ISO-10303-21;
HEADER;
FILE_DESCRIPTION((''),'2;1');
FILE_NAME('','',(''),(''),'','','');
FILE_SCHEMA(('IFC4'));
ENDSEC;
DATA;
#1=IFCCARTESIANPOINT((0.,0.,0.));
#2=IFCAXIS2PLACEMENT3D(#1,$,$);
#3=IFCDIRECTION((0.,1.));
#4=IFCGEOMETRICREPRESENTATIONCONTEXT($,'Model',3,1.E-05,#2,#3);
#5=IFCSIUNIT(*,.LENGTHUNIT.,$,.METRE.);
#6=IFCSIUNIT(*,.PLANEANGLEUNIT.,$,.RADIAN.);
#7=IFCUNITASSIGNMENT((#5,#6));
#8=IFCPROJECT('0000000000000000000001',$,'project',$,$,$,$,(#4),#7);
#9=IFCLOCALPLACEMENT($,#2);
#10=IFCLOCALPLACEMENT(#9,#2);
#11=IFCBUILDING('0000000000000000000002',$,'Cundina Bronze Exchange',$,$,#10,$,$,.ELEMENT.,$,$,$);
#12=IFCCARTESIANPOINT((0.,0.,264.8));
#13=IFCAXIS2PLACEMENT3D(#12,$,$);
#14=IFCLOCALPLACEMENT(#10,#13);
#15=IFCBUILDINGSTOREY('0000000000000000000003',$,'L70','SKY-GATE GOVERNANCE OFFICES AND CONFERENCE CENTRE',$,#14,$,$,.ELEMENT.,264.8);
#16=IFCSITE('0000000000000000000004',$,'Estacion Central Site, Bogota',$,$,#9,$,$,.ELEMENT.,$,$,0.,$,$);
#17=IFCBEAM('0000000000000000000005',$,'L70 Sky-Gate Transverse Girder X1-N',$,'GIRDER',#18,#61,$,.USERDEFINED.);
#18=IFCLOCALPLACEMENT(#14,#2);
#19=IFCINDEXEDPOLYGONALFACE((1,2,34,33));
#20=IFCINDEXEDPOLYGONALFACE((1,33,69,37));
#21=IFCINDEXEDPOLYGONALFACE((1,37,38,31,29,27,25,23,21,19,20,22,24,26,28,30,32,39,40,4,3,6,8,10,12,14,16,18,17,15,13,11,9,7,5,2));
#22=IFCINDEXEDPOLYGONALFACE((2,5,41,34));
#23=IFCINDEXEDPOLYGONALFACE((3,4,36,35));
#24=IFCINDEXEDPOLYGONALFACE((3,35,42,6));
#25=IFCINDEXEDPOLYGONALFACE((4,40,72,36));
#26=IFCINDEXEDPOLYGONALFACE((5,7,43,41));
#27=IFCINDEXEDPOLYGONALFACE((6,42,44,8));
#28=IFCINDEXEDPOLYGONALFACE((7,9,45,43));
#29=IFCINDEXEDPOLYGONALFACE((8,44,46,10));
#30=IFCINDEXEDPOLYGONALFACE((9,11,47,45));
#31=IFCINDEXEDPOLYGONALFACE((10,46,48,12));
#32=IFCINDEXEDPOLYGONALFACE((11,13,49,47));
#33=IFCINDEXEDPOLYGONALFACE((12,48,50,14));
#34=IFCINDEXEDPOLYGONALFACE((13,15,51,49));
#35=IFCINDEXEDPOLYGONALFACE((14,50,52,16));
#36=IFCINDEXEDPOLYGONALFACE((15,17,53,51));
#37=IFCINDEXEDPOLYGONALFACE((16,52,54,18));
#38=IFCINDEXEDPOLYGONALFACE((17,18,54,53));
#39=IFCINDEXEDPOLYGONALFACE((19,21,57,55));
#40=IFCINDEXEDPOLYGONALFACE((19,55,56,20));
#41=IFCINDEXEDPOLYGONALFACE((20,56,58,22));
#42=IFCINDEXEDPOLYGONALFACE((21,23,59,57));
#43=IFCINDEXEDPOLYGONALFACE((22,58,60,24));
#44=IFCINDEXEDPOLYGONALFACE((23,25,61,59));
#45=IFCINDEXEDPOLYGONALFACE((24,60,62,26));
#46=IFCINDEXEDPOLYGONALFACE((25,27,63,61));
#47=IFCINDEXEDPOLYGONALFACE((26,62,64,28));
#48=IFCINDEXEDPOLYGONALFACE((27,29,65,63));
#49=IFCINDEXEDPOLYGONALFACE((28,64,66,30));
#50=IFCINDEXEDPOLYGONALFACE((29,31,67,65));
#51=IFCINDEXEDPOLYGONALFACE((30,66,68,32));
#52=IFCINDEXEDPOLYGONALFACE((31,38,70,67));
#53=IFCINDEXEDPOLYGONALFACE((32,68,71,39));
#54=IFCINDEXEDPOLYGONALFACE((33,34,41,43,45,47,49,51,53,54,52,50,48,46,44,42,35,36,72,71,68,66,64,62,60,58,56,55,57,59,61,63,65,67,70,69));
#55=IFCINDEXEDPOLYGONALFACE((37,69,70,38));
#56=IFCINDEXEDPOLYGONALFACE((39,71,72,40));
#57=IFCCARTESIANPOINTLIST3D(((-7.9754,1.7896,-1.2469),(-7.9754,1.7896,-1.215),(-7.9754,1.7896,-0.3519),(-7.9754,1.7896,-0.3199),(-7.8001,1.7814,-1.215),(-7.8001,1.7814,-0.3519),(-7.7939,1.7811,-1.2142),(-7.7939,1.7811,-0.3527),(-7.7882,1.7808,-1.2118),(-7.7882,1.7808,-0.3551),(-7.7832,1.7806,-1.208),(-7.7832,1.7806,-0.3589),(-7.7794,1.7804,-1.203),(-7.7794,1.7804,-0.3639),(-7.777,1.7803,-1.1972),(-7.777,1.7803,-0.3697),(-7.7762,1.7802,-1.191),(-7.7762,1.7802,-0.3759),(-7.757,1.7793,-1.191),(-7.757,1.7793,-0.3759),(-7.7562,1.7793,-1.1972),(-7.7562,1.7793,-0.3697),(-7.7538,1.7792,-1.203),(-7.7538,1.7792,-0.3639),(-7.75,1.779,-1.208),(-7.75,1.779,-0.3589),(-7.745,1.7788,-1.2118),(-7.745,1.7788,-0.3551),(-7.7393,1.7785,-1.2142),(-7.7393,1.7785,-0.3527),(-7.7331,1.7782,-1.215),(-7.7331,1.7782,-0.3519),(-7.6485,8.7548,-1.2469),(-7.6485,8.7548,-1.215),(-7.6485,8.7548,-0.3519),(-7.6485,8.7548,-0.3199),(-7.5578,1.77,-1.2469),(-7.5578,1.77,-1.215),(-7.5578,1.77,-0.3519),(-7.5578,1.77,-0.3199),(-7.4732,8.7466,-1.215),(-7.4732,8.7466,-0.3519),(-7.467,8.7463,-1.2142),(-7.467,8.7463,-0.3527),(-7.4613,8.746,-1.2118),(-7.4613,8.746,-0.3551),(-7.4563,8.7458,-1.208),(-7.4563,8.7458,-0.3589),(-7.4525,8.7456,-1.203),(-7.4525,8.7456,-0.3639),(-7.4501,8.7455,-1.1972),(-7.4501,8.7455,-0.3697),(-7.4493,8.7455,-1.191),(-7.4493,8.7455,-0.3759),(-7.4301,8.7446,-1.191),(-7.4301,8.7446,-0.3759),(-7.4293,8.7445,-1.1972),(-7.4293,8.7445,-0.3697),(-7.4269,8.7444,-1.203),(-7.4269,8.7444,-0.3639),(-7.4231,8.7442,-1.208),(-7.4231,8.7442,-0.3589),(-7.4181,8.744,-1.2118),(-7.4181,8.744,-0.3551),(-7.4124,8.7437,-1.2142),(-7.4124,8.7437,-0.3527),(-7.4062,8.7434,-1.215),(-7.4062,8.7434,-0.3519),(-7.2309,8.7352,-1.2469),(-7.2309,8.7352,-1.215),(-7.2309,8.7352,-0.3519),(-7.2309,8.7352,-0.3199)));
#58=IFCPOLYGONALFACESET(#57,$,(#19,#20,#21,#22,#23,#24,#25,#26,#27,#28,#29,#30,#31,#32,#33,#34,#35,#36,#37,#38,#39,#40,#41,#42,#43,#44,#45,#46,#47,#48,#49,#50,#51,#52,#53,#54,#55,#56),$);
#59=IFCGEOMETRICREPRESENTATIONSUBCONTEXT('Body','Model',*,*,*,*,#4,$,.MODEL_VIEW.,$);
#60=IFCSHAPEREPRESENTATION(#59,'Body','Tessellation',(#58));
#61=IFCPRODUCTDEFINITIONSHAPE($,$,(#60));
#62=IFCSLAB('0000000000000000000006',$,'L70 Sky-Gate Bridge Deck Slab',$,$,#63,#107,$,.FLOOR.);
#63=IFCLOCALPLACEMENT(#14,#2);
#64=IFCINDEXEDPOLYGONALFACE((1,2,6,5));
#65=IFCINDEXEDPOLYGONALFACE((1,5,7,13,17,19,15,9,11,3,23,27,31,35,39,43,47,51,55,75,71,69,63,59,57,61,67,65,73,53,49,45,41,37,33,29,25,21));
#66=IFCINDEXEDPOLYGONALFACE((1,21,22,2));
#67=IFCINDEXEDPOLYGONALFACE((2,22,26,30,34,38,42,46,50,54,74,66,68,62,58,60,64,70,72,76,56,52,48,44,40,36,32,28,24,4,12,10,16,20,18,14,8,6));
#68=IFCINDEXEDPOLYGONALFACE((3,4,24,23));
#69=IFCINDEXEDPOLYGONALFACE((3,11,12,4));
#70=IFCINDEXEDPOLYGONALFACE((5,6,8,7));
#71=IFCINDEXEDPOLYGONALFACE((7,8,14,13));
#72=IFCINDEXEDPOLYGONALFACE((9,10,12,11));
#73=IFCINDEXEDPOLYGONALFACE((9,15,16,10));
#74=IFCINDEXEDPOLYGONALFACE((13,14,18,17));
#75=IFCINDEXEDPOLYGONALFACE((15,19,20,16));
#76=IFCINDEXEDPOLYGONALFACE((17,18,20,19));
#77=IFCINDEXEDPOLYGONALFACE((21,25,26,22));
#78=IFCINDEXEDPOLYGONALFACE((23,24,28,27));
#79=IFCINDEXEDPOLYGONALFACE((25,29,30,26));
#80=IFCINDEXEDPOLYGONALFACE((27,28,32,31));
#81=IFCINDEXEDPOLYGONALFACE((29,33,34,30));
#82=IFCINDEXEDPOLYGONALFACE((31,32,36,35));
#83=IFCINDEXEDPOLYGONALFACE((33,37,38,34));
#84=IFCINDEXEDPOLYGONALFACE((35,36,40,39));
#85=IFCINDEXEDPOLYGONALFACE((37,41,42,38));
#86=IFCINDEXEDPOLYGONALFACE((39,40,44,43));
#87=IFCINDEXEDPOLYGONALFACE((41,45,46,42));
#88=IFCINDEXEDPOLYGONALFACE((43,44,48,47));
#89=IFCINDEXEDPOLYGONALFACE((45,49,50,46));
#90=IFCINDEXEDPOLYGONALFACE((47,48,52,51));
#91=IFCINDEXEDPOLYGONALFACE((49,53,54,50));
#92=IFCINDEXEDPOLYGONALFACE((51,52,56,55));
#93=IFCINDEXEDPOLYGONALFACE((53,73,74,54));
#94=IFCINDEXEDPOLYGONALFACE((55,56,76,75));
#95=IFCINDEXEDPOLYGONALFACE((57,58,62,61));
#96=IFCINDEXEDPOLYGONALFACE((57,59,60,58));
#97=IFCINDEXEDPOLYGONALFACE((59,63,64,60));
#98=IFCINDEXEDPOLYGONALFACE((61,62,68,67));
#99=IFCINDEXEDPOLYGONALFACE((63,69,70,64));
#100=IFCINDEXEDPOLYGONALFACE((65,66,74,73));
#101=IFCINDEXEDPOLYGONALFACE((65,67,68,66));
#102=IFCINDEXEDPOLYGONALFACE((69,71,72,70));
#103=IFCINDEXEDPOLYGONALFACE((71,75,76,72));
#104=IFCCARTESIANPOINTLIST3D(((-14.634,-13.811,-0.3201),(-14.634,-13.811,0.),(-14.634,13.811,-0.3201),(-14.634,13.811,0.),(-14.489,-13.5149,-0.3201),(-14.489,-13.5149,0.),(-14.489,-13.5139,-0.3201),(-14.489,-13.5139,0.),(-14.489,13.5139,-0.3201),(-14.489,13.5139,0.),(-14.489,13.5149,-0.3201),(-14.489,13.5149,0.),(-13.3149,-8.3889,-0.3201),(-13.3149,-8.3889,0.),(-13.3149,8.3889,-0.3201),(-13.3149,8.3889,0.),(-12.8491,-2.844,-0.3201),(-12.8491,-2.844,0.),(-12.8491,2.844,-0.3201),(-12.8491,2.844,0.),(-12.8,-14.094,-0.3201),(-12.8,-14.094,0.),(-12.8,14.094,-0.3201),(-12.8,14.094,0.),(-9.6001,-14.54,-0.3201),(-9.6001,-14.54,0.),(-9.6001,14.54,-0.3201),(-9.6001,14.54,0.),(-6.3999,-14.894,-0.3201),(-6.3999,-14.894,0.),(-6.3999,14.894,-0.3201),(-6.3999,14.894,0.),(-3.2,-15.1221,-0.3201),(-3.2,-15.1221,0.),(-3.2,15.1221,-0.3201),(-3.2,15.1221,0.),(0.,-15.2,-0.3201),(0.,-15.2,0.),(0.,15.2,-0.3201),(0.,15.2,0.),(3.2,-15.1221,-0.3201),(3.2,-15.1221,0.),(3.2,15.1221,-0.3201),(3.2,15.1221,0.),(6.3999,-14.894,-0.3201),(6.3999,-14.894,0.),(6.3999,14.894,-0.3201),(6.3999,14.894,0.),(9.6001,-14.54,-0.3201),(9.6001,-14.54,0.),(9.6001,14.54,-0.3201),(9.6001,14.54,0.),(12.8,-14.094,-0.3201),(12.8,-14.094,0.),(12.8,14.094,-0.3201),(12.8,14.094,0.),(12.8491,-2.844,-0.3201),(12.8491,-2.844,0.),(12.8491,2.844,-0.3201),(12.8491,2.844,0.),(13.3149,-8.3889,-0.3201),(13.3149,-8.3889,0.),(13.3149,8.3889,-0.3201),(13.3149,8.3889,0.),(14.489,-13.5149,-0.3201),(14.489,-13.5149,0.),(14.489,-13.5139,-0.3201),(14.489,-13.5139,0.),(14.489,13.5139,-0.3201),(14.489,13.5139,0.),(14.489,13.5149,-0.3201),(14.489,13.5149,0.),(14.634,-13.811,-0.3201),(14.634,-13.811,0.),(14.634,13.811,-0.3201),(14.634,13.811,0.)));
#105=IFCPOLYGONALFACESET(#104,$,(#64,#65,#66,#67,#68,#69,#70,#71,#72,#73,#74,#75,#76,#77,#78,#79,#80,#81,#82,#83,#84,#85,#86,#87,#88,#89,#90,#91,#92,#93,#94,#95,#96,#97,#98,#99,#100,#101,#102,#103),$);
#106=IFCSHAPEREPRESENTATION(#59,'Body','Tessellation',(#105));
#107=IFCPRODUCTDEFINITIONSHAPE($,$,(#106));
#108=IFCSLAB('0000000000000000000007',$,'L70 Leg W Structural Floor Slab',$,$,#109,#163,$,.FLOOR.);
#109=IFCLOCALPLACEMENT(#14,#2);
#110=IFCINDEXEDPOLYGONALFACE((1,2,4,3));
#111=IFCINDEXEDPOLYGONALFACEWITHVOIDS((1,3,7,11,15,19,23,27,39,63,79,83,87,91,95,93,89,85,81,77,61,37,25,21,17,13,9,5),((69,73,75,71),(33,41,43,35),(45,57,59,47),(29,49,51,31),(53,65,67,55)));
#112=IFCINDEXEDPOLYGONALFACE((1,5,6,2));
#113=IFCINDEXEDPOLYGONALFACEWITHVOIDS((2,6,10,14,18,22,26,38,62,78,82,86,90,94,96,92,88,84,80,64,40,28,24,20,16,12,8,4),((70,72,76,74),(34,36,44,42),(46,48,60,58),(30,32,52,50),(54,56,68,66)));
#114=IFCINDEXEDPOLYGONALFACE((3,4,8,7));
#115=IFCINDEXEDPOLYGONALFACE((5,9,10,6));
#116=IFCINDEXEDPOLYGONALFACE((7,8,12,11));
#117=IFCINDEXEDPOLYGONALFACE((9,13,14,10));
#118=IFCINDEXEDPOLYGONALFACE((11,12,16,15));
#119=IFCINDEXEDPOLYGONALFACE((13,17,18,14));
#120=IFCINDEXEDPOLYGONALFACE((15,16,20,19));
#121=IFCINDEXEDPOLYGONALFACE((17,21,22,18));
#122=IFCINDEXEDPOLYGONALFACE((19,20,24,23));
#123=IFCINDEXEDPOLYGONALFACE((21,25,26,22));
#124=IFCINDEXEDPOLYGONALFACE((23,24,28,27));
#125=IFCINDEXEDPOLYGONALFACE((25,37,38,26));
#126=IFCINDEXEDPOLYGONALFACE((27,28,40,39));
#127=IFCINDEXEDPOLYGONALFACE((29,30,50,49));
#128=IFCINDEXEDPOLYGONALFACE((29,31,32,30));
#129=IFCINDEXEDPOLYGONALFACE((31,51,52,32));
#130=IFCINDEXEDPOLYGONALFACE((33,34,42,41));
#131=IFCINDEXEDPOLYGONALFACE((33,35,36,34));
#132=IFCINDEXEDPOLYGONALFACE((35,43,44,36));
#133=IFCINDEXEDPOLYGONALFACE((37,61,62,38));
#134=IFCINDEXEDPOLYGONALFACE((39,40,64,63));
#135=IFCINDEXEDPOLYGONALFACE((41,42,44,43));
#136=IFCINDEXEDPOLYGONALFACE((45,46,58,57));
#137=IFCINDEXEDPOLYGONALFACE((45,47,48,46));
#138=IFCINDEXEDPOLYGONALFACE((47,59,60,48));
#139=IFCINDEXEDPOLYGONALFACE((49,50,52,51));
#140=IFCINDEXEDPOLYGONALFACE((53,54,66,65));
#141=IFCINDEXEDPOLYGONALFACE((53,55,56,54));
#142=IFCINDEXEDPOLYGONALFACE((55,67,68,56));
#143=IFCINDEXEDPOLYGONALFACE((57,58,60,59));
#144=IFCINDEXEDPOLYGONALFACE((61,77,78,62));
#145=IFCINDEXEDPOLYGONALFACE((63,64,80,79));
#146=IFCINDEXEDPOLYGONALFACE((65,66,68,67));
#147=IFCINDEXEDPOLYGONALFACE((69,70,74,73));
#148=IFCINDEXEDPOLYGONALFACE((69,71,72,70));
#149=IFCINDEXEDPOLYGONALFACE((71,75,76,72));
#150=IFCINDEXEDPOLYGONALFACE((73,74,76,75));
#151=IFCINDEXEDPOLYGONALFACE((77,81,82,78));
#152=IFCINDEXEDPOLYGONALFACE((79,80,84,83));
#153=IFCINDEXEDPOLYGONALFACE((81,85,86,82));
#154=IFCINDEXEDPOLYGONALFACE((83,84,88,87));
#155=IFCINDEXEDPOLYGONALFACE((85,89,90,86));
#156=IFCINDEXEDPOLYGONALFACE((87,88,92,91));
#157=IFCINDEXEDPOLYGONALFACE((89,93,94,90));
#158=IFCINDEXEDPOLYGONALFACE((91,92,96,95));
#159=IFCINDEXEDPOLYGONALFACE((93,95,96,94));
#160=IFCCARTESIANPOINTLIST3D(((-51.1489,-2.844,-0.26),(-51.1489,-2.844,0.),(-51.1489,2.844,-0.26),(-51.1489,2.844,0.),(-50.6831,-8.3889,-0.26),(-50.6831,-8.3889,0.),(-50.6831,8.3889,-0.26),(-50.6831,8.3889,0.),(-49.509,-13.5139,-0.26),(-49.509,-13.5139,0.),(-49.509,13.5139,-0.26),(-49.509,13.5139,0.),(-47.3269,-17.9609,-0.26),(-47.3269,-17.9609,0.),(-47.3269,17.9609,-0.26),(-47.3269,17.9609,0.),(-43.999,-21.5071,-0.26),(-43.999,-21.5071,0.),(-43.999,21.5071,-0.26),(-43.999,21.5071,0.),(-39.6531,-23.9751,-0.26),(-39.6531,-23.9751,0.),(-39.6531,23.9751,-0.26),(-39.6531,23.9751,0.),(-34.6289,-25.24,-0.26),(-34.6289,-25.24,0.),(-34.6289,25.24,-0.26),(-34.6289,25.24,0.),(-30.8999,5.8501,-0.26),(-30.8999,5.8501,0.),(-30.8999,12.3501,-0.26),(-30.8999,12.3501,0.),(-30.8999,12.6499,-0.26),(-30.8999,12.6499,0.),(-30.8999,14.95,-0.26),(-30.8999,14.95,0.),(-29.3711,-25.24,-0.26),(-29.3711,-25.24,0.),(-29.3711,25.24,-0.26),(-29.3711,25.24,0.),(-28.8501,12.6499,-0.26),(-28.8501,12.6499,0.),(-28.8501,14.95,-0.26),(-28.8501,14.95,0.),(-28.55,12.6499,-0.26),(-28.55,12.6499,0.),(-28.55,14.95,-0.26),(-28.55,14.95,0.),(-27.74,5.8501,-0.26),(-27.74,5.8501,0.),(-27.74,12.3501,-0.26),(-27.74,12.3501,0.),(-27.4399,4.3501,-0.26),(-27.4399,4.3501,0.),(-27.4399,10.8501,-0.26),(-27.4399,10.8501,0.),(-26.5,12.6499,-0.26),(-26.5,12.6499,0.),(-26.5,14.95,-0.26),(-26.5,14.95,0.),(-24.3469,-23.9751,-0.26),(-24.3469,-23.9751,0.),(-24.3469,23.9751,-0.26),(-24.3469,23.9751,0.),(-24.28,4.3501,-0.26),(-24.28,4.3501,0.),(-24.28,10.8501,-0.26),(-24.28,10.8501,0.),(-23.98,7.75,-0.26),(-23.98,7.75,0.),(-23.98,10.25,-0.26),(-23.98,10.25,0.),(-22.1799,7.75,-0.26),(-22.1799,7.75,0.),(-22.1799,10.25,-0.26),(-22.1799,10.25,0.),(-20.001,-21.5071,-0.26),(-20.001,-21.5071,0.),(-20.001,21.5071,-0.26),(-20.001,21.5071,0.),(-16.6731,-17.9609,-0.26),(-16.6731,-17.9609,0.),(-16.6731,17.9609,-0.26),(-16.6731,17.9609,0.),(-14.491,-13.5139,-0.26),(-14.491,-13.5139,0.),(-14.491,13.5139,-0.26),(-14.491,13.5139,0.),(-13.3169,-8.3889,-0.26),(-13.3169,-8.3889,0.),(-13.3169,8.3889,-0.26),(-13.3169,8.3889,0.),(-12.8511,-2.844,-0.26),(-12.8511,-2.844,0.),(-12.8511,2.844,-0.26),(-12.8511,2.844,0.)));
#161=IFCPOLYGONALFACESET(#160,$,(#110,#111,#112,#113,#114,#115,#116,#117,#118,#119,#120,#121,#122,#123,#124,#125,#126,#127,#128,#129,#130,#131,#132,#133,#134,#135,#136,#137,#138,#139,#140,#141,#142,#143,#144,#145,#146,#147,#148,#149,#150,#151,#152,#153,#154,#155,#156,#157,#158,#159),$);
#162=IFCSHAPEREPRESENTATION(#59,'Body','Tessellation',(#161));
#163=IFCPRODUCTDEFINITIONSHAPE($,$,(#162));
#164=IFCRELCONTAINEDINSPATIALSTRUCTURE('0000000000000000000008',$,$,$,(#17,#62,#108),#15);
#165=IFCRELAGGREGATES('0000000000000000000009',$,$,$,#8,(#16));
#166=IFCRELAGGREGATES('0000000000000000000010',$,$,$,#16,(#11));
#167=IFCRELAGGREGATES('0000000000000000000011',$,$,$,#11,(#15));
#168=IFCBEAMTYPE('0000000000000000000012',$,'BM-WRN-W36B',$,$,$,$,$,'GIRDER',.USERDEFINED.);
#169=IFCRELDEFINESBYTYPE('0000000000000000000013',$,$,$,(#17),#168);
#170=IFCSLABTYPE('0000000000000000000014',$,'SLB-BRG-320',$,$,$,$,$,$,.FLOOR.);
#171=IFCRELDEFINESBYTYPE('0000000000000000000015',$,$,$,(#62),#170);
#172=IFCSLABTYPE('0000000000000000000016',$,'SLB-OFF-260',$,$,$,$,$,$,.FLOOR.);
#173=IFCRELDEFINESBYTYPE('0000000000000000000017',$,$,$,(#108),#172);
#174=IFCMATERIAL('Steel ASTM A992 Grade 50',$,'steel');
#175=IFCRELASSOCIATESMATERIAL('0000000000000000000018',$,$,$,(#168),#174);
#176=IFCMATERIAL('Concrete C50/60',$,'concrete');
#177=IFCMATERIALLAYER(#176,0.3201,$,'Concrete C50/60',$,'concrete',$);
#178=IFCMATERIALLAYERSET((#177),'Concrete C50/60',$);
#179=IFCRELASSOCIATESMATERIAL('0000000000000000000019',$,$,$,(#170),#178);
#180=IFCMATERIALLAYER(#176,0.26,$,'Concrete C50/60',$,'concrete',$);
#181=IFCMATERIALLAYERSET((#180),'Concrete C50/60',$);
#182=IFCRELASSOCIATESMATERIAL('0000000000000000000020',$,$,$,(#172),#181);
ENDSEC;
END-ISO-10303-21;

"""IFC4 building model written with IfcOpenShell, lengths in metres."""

from ifc_helpers import new_model, si_unit, direction, frame, origin, origin_2d, place, context, subcontext, project, spatial, polyline, i_section, outline, extrude, material, layer, layer_set, material_profile, profile_set, type_object, element, save


model = new_model("IFC4")

# Units and contexts
model_context = context("Model", 3, precision=1e-05, world=origin(), true_north=direction((0.0, 1.0)))
body_context = subcontext(model_context, "Body", "Model", "MODEL_VIEW")
ifc_project = project(units=[si_unit("LENGTHUNIT", "METRE"), si_unit("PLANEANGLEUNIT", "RADIAN")], contexts=[model_context])

# Site, building, storey
site_placement = place(None, origin())
site = spatial("IfcSite", under=ifc_project, at=site_placement, Name="Estacion Central Site, Bogota", CompositionType="ELEMENT", RefElevation=0.0)
building_placement = place(site_placement, origin())
building = spatial("IfcBuilding", under=site, at=building_placement, Name="Cundina Bronze Exchange", CompositionType="ELEMENT")
storey_placement = place(building_placement, frame((0.0, 0.0, 264.8)))
storey = spatial("IfcBuildingStorey", under=building, at=storey_placement, Name="L70", Description="SKY-GATE GOVERNANCE OFFICES AND CONFERENCE CENTRE", CompositionType="ELEMENT", Elevation=264.8)

# Shared definitions
ifc_material_1 = material(Name="Concrete C50/60", Category="concrete")

# Beam
ifc_material_2 = material(Name="Steel ASTM A992 Grade 50", Category="steel")
ifc_material_profile_1 = material_profile(ifc_material_2, i_section(OverallWidth=0.418, OverallDepth=0.927, WebThickness=0.0193, FlangeThickness=0.032, FilletRadius=0.0239, at=origin_2d()), Name="W36X231", Category="steel")
ifc_profile_set_1 = profile_set([ifc_material_profile_1], Name="Steel ASTM A992 Grade 50")
beam_type_1 = type_object("IfcBeamType", Name="BM-WRN-W36B", ElementType="GIRDER", PredefinedType="USERDEFINED", material=ifc_profile_set_1)
beam_1_placement = place(storey_placement, frame((-7.7666, 1.7798, -0.7834), z_axis=(0.046881, 0.9989, 0.0), x_axis=(-0.9989, 0.046881, 0.0)))
element("IfcBeam", 1, at=beam_1_placement, inside=storey, type_object=beam_type_1, Name="L70 Sky-Gate Transverse Girder X1-N", ObjectType="GIRDER", PredefinedType="USERDEFINED", context=body_context, shape_type="SweptSolid", body=[
    extrude(i_section(OverallWidth=0.418, OverallDepth=0.927, WebThickness=0.0193, FlangeThickness=0.032, FilletRadius=0.0239, at=origin_2d()), origin(), (0.0, 0.0, 1.0), 6.9729),
])

# Slabs
ifc_layer_1 = layer(ifc_material_1, 0.3201, Name="Concrete C50/60", Category="concrete")
ifc_layer_set_1 = layer_set([ifc_layer_1], Name="Concrete C50/60")
slab_type_1 = type_object("IfcSlabType", Name="SLB-BRG-320", PredefinedType="FLOOR", material=ifc_layer_set_1)
slab_1_placement = place(storey_placement, frame((0.0, 0.0, -0.3201)))
element("IfcSlab", 2, at=slab_1_placement, inside=storey, type_object=slab_type_1, Name="L70 Sky-Gate Bridge Deck Slab", PredefinedType="FLOOR", context=body_context, shape_type="SweptSolid", body=[
    extrude(outline(polyline([(12.8, -14.094), (9.6001, -14.54), (6.3999, -14.894), (3.2, -15.1221), (0.0, -15.2), (-3.2, -15.1221), (-6.3999, -14.894), (-9.6001, -14.54), (-12.8, -14.094), (-14.634, -13.811), (-14.489, -13.5149), (-14.489, -13.5149), (-14.489, -13.5139), (-13.3149, -8.3889), (-13.3149, -8.3889), (-12.8491, -2.844), (-12.8491, -2.844), (-12.8491, 2.844), (-12.8491, 2.844), (-13.3149, 8.3889), (-13.3149, 8.3889), (-14.489, 13.5139), (-14.489, 13.5149), (-14.489, 13.5149), (-14.634, 13.811), (-12.8, 14.094), (-9.6001, 14.54), (-6.3999, 14.894), (-3.2, 15.1221), (0.0, 15.2), (3.2, 15.1221), (6.3999, 14.894), (9.6001, 14.54), (12.8, 14.094), (14.634, 13.811), (14.489, 13.5149), (14.489, 13.5149), (14.489, 13.5139), (13.3149, 8.3889), (13.3149, 8.3889), (12.8491, 2.844), (12.8491, 2.844), (12.8491, -2.844), (12.8491, -2.844), (13.3149, -8.3889), (13.3149, -8.3889), (14.489, -13.5139), (14.489, -13.5149), (14.489, -13.5149), (14.634, -13.811), (12.8, -14.094)])), origin(), (0.0, 0.0, 1.0), 0.3201),
])
ifc_layer_2 = layer(ifc_material_1, 0.26, Name="Concrete C50/60", Category="concrete")
ifc_layer_set_2 = layer_set([ifc_layer_2], Name="Concrete C50/60")
slab_type_2 = type_object("IfcSlabType", Name="SLB-OFF-260", PredefinedType="FLOOR", material=ifc_layer_set_2)
slab_2_placement = place(storey_placement, frame((0.0, 0.0, -0.26)))
element("IfcSlab", 3, at=slab_2_placement, inside=storey, type_object=slab_type_2, Name="L70 Leg W Structural Floor Slab", PredefinedType="FLOOR", context=body_context, shape_type="SweptSolid", body=[
    extrude(outline(polyline([(-12.8511, 2.844), (-13.3169, 8.3889), (-14.491, 13.5139), (-16.6731, 17.9609), (-20.001, 21.5071), (-24.3469, 23.9751), (-29.3711, 25.24), (-34.6289, 25.24), (-39.6531, 23.9751), (-43.999, 21.5071), (-47.3269, 17.9609), (-49.509, 13.5139), (-50.6831, 8.3889), (-51.1489, 2.844), (-51.1489, -2.844), (-50.6831, -8.3889), (-49.509, -13.5139), (-47.3269, -17.9609), (-43.999, -21.5071), (-39.6531, -23.9751), (-34.6289, -25.24), (-29.3711, -25.24), (-24.3469, -23.9751), (-20.001, -21.5071), (-16.6731, -17.9609), (-14.491, -13.5139), (-13.3169, -8.3889), (-12.8511, -2.844), (-12.8511, 2.844)]), holes=[polyline([(-27.74, 5.8501), (-27.74, 12.3501), (-30.8999, 12.3501), (-30.8999, 5.8501), (-27.74, 5.8501)]), polyline([(-27.4399, 10.8501), (-27.4399, 4.3501), (-24.28, 4.3501), (-24.28, 10.8501), (-27.4399, 10.8501)]), polyline([(-23.98, 10.25), (-22.1799, 10.25), (-22.1799, 7.75), (-23.98, 7.75), (-23.98, 10.25)]), polyline([(-30.8999, 14.95), (-28.8501, 14.95), (-28.8501, 12.6499), (-30.8999, 12.6499), (-30.8999, 14.95)]), polyline([(-28.55, 14.95), (-26.5, 14.95), (-26.5, 12.6499), (-28.55, 12.6499), (-28.55, 14.95)])]), origin(), (0.0, 0.0, 1.0), 0.26),
])

save(model, "model.ifc")
